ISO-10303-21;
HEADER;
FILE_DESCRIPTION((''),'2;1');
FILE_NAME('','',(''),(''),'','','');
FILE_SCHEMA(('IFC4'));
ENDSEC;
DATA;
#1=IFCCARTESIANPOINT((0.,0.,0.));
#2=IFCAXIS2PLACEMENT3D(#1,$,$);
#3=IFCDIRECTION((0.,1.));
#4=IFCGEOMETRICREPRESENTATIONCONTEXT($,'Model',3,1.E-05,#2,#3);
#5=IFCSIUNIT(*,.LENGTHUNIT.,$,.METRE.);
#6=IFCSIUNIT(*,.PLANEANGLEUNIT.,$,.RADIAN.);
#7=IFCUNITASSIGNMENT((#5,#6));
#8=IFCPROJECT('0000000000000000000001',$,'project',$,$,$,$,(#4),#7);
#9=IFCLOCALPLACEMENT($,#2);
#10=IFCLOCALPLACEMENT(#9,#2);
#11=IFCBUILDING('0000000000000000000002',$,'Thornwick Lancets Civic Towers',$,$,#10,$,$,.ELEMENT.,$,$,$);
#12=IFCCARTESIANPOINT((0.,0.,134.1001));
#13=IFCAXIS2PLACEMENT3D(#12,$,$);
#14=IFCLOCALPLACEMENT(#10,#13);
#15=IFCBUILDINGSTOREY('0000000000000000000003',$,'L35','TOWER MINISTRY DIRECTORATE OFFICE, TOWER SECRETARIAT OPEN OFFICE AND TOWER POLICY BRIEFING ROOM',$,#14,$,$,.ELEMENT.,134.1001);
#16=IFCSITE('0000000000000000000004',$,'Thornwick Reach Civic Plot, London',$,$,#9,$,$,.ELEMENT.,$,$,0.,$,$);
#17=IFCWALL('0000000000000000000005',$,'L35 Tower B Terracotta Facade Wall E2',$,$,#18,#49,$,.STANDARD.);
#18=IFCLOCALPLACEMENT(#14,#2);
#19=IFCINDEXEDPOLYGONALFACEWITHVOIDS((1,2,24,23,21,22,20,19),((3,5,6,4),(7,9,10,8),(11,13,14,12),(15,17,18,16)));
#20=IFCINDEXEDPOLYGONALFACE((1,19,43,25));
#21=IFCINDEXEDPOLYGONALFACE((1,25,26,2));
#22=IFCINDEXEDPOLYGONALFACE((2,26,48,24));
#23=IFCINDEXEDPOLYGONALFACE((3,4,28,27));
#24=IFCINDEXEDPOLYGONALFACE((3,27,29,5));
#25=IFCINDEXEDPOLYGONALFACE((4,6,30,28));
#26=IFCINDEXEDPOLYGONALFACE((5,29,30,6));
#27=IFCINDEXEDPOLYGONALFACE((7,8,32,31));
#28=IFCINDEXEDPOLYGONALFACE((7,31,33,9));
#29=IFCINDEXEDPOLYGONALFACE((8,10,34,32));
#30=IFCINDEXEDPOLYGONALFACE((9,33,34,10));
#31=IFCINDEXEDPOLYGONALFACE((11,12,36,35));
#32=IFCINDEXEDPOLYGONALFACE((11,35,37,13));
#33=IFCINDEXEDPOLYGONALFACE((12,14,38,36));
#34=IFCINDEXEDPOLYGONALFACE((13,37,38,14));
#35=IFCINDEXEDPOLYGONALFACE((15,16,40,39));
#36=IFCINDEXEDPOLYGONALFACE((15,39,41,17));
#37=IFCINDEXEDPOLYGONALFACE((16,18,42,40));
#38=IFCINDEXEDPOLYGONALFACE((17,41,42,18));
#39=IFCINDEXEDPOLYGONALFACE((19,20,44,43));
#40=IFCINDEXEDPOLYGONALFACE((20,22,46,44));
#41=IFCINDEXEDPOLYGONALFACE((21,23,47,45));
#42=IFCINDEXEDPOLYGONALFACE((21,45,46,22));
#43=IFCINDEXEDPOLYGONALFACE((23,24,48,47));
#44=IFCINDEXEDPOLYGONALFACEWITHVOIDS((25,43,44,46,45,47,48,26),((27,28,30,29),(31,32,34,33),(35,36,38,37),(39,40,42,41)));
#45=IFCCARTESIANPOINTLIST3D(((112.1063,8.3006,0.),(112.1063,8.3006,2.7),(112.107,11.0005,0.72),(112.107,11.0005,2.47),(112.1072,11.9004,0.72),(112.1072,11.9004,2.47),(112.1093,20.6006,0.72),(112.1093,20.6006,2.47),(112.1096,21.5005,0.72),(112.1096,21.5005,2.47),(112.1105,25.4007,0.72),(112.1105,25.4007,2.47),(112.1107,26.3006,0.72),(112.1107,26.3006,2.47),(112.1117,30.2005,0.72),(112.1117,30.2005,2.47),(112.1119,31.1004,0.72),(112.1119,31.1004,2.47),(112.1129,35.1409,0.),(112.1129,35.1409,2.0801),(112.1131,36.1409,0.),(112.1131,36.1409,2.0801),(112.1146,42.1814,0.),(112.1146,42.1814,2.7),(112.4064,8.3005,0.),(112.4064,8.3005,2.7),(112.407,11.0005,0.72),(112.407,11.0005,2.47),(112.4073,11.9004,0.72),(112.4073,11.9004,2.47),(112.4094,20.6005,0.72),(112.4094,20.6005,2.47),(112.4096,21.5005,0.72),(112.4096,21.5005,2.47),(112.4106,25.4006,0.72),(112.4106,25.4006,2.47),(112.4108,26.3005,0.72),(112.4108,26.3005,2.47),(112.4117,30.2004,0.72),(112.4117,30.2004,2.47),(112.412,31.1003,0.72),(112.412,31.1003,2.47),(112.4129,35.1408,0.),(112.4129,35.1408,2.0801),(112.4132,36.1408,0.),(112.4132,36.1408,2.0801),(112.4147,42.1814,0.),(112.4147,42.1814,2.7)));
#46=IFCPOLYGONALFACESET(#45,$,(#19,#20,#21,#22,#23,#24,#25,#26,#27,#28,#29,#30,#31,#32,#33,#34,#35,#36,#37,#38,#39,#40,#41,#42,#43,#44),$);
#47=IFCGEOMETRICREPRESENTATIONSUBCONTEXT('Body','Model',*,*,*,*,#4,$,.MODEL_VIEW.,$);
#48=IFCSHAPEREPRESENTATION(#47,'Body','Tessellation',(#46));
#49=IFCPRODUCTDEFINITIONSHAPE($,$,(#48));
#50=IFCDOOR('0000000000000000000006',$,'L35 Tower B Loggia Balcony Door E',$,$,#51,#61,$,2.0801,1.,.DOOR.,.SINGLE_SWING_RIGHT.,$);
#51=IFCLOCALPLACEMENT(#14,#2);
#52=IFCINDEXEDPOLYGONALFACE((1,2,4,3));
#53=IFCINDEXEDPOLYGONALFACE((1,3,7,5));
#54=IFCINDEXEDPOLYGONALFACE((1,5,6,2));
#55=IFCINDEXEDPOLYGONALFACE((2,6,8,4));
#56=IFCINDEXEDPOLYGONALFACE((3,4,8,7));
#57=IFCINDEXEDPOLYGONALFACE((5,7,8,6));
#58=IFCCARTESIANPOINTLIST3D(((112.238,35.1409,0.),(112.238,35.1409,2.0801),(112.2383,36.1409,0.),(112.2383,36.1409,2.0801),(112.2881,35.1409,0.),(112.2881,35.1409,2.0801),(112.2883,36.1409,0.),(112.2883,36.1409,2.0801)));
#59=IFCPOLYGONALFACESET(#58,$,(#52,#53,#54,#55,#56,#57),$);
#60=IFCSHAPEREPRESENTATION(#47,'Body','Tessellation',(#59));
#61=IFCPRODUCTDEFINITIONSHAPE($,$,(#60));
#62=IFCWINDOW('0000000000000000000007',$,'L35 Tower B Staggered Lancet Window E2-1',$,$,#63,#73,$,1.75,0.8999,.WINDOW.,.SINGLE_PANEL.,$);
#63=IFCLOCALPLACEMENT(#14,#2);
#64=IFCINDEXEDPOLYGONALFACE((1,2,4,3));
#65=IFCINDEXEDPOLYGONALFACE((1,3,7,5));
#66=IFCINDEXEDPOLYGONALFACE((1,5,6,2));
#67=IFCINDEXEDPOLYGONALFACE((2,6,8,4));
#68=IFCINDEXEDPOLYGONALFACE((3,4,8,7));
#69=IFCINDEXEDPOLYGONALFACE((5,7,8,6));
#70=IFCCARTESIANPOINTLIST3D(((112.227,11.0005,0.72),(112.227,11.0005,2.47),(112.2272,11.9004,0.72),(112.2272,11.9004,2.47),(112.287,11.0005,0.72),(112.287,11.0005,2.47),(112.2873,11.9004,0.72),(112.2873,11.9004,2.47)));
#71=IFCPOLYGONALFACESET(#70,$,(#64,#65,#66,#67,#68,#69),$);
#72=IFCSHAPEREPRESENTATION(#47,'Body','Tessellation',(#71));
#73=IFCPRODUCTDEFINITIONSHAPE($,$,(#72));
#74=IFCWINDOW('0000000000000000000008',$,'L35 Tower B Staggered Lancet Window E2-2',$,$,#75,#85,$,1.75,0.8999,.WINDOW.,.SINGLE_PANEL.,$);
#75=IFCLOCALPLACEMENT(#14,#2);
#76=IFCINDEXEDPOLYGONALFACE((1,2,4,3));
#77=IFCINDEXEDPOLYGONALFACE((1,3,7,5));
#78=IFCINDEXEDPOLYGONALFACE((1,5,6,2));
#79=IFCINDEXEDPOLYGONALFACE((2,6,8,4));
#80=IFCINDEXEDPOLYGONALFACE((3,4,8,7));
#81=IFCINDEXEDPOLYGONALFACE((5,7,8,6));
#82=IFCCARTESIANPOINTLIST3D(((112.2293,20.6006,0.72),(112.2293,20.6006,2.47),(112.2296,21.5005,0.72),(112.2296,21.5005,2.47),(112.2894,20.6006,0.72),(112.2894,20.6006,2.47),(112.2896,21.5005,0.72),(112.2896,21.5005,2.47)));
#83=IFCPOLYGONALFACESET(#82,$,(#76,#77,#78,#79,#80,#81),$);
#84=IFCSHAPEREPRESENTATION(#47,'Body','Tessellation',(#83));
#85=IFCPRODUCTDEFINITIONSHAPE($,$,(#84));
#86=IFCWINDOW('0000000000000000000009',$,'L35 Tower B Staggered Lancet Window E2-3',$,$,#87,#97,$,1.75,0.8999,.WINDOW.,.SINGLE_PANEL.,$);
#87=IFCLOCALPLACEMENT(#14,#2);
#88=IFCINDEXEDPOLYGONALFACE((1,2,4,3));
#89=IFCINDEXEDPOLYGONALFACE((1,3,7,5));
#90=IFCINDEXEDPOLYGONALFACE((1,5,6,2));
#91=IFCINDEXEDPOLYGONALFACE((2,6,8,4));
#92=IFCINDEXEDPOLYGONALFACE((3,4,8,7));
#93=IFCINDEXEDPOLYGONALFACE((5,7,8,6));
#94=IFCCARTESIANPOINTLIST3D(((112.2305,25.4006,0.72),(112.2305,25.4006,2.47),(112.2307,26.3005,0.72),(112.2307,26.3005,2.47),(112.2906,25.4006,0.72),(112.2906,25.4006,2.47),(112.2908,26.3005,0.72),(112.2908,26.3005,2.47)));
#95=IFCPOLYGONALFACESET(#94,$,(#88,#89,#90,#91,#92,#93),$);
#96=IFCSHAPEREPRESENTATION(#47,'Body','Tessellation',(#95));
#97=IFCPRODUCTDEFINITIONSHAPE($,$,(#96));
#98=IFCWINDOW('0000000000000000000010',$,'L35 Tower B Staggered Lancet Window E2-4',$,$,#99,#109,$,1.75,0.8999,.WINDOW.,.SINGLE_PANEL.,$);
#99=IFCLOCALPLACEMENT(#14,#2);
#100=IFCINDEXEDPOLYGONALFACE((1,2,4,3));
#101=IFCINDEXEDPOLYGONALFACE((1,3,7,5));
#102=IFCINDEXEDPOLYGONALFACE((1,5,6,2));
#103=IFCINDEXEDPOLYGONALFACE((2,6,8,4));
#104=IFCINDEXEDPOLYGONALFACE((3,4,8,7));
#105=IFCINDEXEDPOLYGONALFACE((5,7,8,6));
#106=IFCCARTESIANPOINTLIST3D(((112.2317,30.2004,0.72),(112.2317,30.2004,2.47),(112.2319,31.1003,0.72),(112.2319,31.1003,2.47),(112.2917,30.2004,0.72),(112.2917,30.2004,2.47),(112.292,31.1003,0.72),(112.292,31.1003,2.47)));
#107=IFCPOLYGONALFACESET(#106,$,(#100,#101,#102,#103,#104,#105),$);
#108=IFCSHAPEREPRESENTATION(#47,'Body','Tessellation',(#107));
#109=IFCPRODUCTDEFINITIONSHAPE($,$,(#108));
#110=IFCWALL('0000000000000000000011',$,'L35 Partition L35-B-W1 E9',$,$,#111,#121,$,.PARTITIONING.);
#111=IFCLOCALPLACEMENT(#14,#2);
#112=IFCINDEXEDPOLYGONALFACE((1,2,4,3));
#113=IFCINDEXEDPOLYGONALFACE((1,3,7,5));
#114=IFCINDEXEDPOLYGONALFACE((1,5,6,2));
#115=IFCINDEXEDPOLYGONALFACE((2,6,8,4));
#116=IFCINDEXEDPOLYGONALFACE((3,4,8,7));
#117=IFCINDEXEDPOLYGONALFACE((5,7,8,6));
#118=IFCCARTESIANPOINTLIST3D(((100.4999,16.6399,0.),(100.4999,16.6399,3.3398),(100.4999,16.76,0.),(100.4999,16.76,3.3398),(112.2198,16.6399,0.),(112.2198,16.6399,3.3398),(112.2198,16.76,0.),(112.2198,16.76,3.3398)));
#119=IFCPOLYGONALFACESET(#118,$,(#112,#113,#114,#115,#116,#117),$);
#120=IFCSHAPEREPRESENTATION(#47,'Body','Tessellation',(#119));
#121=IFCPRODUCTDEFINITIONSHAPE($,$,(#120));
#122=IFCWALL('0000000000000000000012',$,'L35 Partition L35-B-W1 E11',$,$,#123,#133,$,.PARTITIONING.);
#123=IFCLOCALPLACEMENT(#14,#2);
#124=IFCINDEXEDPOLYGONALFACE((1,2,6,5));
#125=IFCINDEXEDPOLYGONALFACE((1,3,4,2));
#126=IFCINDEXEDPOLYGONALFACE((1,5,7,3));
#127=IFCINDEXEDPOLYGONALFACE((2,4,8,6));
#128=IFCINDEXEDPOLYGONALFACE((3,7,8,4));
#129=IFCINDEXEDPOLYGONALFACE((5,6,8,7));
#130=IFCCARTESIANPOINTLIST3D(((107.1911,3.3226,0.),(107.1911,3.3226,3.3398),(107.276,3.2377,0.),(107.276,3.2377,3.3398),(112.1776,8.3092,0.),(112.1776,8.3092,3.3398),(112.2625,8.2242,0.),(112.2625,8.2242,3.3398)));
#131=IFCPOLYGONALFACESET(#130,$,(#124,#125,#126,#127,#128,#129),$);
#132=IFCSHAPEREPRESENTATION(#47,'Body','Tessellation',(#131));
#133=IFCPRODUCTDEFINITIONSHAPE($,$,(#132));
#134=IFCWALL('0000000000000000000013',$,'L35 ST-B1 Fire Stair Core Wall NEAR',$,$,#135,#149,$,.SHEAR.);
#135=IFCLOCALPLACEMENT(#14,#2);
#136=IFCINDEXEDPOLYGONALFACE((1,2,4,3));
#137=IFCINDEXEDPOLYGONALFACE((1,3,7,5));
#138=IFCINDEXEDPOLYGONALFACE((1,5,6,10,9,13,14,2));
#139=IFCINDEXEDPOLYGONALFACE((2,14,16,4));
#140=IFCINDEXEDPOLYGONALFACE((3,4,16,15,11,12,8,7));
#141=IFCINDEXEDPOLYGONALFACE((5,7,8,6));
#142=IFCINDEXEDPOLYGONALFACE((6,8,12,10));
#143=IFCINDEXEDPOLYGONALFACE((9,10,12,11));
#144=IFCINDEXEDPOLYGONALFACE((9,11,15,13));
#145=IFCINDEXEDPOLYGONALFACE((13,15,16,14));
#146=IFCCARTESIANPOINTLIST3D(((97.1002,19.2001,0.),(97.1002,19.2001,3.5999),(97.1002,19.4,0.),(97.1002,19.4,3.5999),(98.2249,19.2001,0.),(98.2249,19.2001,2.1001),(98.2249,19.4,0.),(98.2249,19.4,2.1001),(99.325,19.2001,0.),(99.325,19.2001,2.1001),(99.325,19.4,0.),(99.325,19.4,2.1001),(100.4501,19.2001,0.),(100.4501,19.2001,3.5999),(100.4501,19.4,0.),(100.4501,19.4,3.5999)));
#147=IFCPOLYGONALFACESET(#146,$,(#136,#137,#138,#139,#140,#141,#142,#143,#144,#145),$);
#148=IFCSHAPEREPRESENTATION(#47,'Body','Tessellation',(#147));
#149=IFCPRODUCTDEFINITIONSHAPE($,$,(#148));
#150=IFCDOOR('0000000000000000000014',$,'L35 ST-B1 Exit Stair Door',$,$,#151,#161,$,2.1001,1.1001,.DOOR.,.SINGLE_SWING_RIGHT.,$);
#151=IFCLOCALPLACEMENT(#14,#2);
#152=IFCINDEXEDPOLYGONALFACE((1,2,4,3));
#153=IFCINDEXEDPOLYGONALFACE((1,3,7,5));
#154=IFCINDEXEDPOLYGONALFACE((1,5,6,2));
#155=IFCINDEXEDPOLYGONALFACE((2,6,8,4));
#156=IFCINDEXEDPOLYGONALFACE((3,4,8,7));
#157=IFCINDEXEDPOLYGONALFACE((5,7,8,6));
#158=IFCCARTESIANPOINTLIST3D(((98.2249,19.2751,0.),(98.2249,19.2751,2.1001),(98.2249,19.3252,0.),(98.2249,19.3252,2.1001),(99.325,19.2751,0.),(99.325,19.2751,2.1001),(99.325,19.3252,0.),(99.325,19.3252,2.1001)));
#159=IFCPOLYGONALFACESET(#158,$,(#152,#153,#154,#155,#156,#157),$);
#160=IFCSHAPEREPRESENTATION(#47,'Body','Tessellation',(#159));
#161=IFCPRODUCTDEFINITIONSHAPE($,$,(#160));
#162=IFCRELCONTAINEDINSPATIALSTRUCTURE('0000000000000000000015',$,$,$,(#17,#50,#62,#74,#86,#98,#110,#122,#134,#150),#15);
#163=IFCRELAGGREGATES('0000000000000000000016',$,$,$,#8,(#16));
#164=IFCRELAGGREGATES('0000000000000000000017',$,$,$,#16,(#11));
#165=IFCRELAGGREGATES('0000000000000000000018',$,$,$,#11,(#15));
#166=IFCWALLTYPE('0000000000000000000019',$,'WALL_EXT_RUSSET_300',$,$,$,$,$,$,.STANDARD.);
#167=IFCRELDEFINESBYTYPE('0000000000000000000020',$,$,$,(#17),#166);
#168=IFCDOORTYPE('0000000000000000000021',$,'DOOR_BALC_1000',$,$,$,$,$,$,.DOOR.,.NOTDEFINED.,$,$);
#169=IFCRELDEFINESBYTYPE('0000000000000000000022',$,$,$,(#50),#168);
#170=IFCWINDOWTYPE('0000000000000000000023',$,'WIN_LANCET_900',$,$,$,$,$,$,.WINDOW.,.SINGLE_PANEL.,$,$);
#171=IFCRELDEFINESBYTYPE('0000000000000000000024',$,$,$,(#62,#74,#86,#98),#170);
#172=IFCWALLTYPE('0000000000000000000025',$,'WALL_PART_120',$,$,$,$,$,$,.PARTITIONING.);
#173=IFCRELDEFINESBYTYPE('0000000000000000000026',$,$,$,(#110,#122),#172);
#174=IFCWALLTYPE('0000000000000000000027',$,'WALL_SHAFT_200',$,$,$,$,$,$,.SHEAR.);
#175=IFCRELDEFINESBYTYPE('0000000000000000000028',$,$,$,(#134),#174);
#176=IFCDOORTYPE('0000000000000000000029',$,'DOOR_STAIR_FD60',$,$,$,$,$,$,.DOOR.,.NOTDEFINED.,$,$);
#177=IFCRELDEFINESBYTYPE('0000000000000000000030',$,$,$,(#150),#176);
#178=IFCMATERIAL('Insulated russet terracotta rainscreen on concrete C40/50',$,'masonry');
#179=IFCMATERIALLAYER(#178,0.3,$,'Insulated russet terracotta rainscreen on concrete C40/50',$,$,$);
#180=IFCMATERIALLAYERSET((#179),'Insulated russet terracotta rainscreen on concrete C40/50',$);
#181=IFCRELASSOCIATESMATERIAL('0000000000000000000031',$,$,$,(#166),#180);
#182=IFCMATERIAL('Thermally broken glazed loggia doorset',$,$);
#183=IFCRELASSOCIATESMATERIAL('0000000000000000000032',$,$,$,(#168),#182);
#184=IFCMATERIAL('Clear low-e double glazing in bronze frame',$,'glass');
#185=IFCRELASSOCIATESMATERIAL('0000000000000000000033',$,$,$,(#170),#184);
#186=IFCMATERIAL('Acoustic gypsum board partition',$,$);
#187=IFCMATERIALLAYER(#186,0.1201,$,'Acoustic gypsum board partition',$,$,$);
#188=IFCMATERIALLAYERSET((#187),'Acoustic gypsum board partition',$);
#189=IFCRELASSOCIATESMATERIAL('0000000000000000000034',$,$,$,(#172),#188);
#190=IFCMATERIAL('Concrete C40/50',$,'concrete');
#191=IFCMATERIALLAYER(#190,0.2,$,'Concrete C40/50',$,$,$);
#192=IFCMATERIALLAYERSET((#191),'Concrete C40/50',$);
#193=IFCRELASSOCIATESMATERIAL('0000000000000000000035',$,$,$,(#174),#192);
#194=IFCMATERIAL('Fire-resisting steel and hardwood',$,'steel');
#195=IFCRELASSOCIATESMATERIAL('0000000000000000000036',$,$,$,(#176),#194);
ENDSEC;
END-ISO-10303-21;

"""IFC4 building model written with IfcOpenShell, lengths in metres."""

from ifc_helpers import new_model, si_unit, direction, frame, frame_2d, origin, place, context, subcontext, project, spatial, rectangle, extrude, material, layer, layer_set, type_object, element, fill, save


model = new_model("IFC4")

# Units and contexts
model_context = context("Model", 3, precision=1e-05, world=origin(), true_north=direction((0.0, 1.0)))
body_context = subcontext(model_context, "Body", "Model", "MODEL_VIEW")
ifc_project = project(units=[si_unit("LENGTHUNIT", "METRE"), si_unit("PLANEANGLEUNIT", "RADIAN")], contexts=[model_context])

# Site, building, storey
site_placement = place(None, origin())
site = spatial("IfcSite", under=ifc_project, at=site_placement, Name="Thornwick Reach Civic Plot, London", CompositionType="ELEMENT", RefElevation=0.0)
building_placement = place(site_placement, origin())
building = spatial("IfcBuilding", under=site, at=building_placement, Name="Thornwick Lancets Civic Towers", CompositionType="ELEMENT")
storey_placement = place(building_placement, frame((0.0, 0.0, 134.1001)))
storey = spatial("IfcBuildingStorey", under=building, at=storey_placement, Name="L35", Description="TOWER MINISTRY DIRECTORATE OFFICE, TOWER SECRETARIAT OPEN OFFICE AND TOWER POLICY BRIEFING ROOM", CompositionType="ELEMENT", Elevation=134.1001)

# Shared definitions
ifc_material_1 = material(Name="Concrete C40/50", Category="concrete")

# Wall, openings, door, windows
ifc_material_2 = material(Name="Insulated russet terracotta rainscreen on concrete C40/50", Category="masonry")
ifc_layer_1 = layer(ifc_material_2, 0.3, Name="Insulated russet terracotta rainscreen on concrete C40/50")
ifc_layer_set_1 = layer_set([ifc_layer_1], Name="Insulated russet terracotta rainscreen on concrete C40/50")
wall_type_1 = type_object("IfcWallType", Name="WALL_EXT_RUSSET_300", PredefinedType="STANDARD", material=ifc_layer_set_1)
wall_1_placement = place(storey_placement, frame((112.2563, 8.3005, 0.0), z_axis=(0.0, 0.0, 1.0), x_axis=(0.000245, 1.0, 0.0)))
wall_1 = element("IfcWall", 1, at=wall_1_placement, inside=storey, type_object=wall_type_1, Name="L35 Tower B Terracotta Facade Wall E2", PredefinedType="STANDARD", context=body_context, shape_type="SweptSolid", body=[
    extrude(rectangle(XDim=33.8809, YDim=0.3, at=frame_2d((16.9404, 0.0))), origin(), (0.0, 0.0, 1.0), 2.7),
])
opening_1_placement = place(wall_1_placement, frame((26.8403, 0.0, 0.0)))
opening_1 = element("IfcOpeningElement", 2, at=opening_1_placement, cuts=wall_1, PredefinedType="OPENING", context=body_context, shape_type="SweptSolid", body=[
    extrude(rectangle(XDim=1.0, YDim=2.0801, at=frame_2d((0.5, 1.04))), frame((0.0, 0.1602, 0.0), z_axis=(0.0, -1.0, 0.0), x_axis=(1.0, 0.0, 0.0)), (0.0, 0.0, 1.0), 0.3201),
])
opening_2_placement = place(wall_1_placement, frame((2.7, 0.0, 0.72)))
opening_2 = element("IfcOpeningElement", 3, at=opening_2_placement, cuts=wall_1, PredefinedType="OPENING", context=body_context, shape_type="SweptSolid", body=[
    extrude(rectangle(XDim=0.8999, YDim=1.75, at=frame_2d((0.45, 0.875))), frame((0.0, 0.1602, 0.0), z_axis=(0.0, -1.0, 0.0), x_axis=(1.0, 0.0, 0.0)), (0.0, 0.0, 1.0), 0.3201),
])
opening_3_placement = place(wall_1_placement, frame((12.3, 0.0, 0.72)))
opening_3 = element("IfcOpeningElement", 4, at=opening_3_placement, cuts=wall_1, PredefinedType="OPENING", context=body_context, shape_type="SweptSolid", body=[
    extrude(rectangle(XDim=0.8999, YDim=1.75, at=frame_2d((0.45, 0.875))), frame((0.0, 0.1602, 0.0), z_axis=(0.0, -1.0, 0.0), x_axis=(1.0, 0.0, 0.0)), (0.0, 0.0, 1.0), 0.3201),
])
opening_4_placement = place(wall_1_placement, frame((17.1001, 0.0, 0.72)))
opening_4 = element("IfcOpeningElement", 5, at=opening_4_placement, cuts=wall_1, PredefinedType="OPENING", context=body_context, shape_type="SweptSolid", body=[
    extrude(rectangle(XDim=0.8999, YDim=1.75, at=frame_2d((0.45, 0.875))), frame((0.0, 0.1602, 0.0), z_axis=(0.0, -1.0, 0.0), x_axis=(1.0, 0.0, 0.0)), (0.0, 0.0, 1.0), 0.3201),
])
opening_5_placement = place(wall_1_placement, frame((21.8999, 0.0, 0.72)))
opening_5 = element("IfcOpeningElement", 6, at=opening_5_placement, cuts=wall_1, PredefinedType="OPENING", context=body_context, shape_type="SweptSolid", body=[
    extrude(rectangle(XDim=0.8999, YDim=1.75, at=frame_2d((0.45, 0.875))), frame((0.0, 0.1602, 0.0), z_axis=(0.0, -1.0, 0.0), x_axis=(1.0, 0.0, 0.0)), (0.0, 0.0, 1.0), 0.3201),
])
ifc_material_3 = material(Name="Thermally broken glazed loggia doorset")
door_type_1 = type_object("IfcDoorType", Name="DOOR_BALC_1000", OperationType="NOTDEFINED", PredefinedType="DOOR", material=ifc_material_3)
door_1_placement = place(opening_1_placement, origin())
door_1 = element("IfcDoor", 7, at=door_1_placement, inside=storey, type_object=door_type_1, Name="L35 Tower B Loggia Balcony Door E", OperationType="SINGLE_SWING_RIGHT", OverallHeight=2.0801, OverallWidth=1.0, PredefinedType="DOOR", context=body_context, shape_type="SweptSolid", body=[
    extrude(rectangle(XDim=1.0, YDim=2.0801, at=frame_2d((0.5, 1.04))), frame((0.0, 0.0249, 0.0), z_axis=(0.0, -1.0, 0.0), x_axis=(1.0, 0.0, 0.0)), (0.0, 0.0, 1.0), 0.05),
])
fill(opening_1, door_1)
ifc_material_4 = material(Name="Clear low-e double glazing in bronze frame", Category="glass")
window_type = type_object("IfcWindowType", Name="WIN_LANCET_900", PartitioningType="SINGLE_PANEL", PredefinedType="WINDOW", material=ifc_material_4)
window_1_placement = place(opening_2_placement, origin())
window_1 = element("IfcWindow", 8, at=window_1_placement, inside=storey, type_object=window_type, Name="L35 Tower B Staggered Lancet Window E2-1", OverallHeight=1.75, OverallWidth=0.8999, PartitioningType="SINGLE_PANEL", PredefinedType="WINDOW", context=body_context, shape_type="SweptSolid", body=[
    extrude(rectangle(XDim=0.8999, YDim=1.75, at=frame_2d((0.45, 0.875))), frame((0.0, 0.03, 0.0), z_axis=(0.0, -1.0, 0.0), x_axis=(1.0, 0.0, 0.0)), (0.0, 0.0, 1.0), 0.0601),
])
fill(opening_2, window_1)
window_2_placement = place(opening_3_placement, origin())
window_2 = element("IfcWindow", 9, at=window_2_placement, inside=storey, type_object=window_type, Name="L35 Tower B Staggered Lancet Window E2-2", OverallHeight=1.75, OverallWidth=0.8999, PartitioningType="SINGLE_PANEL", PredefinedType="WINDOW", context=body_context, shape_type="SweptSolid", body=[
    extrude(rectangle(XDim=0.8999, YDim=1.75, at=frame_2d((0.45, 0.875))), frame((0.0, 0.03, 0.0), z_axis=(0.0, -1.0, 0.0), x_axis=(1.0, 0.0, 0.0)), (0.0, 0.0, 1.0), 0.0601),
])
fill(opening_3, window_2)
window_3_placement = place(opening_4_placement, origin())
window_3 = element("IfcWindow", 10, at=window_3_placement, inside=storey, type_object=window_type, Name="L35 Tower B Staggered Lancet Window E2-3", OverallHeight=1.75, OverallWidth=0.8999, PartitioningType="SINGLE_PANEL", PredefinedType="WINDOW", context=body_context, shape_type="SweptSolid", body=[
    extrude(rectangle(XDim=0.8999, YDim=1.75, at=frame_2d((0.45, 0.875))), frame((0.0, 0.03, 0.0), z_axis=(0.0, -1.0, 0.0), x_axis=(1.0, 0.0, 0.0)), (0.0, 0.0, 1.0), 0.0601),
])
fill(opening_4, window_3)
window_4_placement = place(opening_5_placement, origin())
window_4 = element("IfcWindow", 11, at=window_4_placement, inside=storey, type_object=window_type, Name="L35 Tower B Staggered Lancet Window E2-4", OverallHeight=1.75, OverallWidth=0.8999, PartitioningType="SINGLE_PANEL", PredefinedType="WINDOW", context=body_context, shape_type="SweptSolid", body=[
    extrude(rectangle(XDim=0.8999, YDim=1.75, at=frame_2d((0.45, 0.875))), frame((0.0, 0.03, 0.0), z_axis=(0.0, -1.0, 0.0), x_axis=(1.0, 0.0, 0.0)), (0.0, 0.0, 1.0), 0.0601),
])
fill(opening_5, window_4)

# Walls
ifc_material_5 = material(Name="Acoustic gypsum board partition")
ifc_layer_2 = layer(ifc_material_5, 0.1201, Name="Acoustic gypsum board partition")
ifc_layer_set_2 = layer_set([ifc_layer_2], Name="Acoustic gypsum board partition")
wall_type_2 = type_object("IfcWallType", Name="WALL_PART_120", PredefinedType="PARTITIONING", material=ifc_layer_set_2)
wall_2_placement = place(storey_placement, frame((100.5, 16.7, 0.0), z_axis=(0.0, 0.0, 1.0), x_axis=(1.0, 0.0, 0.0)))
element("IfcWall", 12, at=wall_2_placement, inside=storey, type_object=wall_type_2, Name="L35 Partition L35-B-W1 E9", PredefinedType="PARTITIONING", context=body_context, shape_type="SweptSolid", body=[
    extrude(rectangle(XDim=11.72, YDim=0.1201, at=frame_2d((5.8599, 0.0))), origin(), (0.0, 0.0, 1.0), 3.3398),
])
wall_3_placement = place(storey_placement, frame((112.22, 8.2666, 0.0), z_axis=(0.0, 0.0, 1.0), x_axis=(-0.707107, -0.707107, 0.0)))
element("IfcWall", 13, at=wall_3_placement, inside=storey, type_object=wall_type_2, Name="L35 Partition L35-B-W1 E11", PredefinedType="PARTITIONING", context=body_context, shape_type="SweptSolid", body=[
    extrude(rectangle(XDim=7.052, YDim=0.1201, at=frame_2d((3.5259, 0.0))), origin(), (0.0, 0.0, 1.0), 3.3398),
])

# Wall, opening, door
ifc_layer_3 = layer(ifc_material_1, 0.2, Name="Concrete C40/50")
ifc_layer_set_3 = layer_set([ifc_layer_3], Name="Concrete C40/50")
wall_type_3 = type_object("IfcWallType", Name="WALL_SHAFT_200", PredefinedType="SHEAR", material=ifc_layer_set_3)
wall_4_placement = place(storey_placement, frame((100.45, 19.3, 0.0), z_axis=(0.0, 0.0, 1.0), x_axis=(-1.0, 0.0, 0.0)))
wall_4 = element("IfcWall", 14, at=wall_4_placement, inside=storey, type_object=wall_type_3, Name="L35 ST-B1 Fire Stair Core Wall NEAR", PredefinedType="SHEAR", context=body_context, shape_type="SweptSolid", body=[
    extrude(rectangle(XDim=3.3499, YDim=0.2, at=frame_2d((1.6748, 0.0))), origin(), (0.0, 0.0, 1.0), 3.5999),
])
opening_6_placement = place(wall_4_placement, frame((1.125, 0.0, 0.0)))
opening_6 = element("IfcOpeningElement", 15, at=opening_6_placement, cuts=wall_4, PredefinedType="OPENING", context=body_context, shape_type="SweptSolid", body=[
    extrude(rectangle(XDim=1.1001, YDim=2.1001, at=frame_2d((0.55, 1.05))), frame((0.0, 0.1099, 0.0), z_axis=(0.0, -1.0, 0.0), x_axis=(1.0, 0.0, 0.0)), (0.0, 0.0, 1.0), 0.22),
])
ifc_material_6 = material(Name="Fire-resisting steel and hardwood", Category="steel")
door_type_2 = type_object("IfcDoorType", Name="DOOR_STAIR_FD60", OperationType="NOTDEFINED", PredefinedType="DOOR", material=ifc_material_6)
door_2_placement = place(opening_6_placement, origin())
door_2 = element("IfcDoor", 16, at=door_2_placement, inside=storey, type_object=door_type_2, Name="L35 ST-B1 Exit Stair Door", OperationType="SINGLE_SWING_RIGHT", OverallHeight=2.1001, OverallWidth=1.1001, PredefinedType="DOOR", context=body_context, shape_type="SweptSolid", body=[
    extrude(rectangle(XDim=1.1001, YDim=2.1001, at=frame_2d((0.55, 1.05))), frame((0.0, 0.0249, 0.0), z_axis=(0.0, -1.0, 0.0), x_axis=(1.0, 0.0, 0.0)), (0.0, 0.0, 1.0), 0.05),
])
fill(opening_6, door_2)

save(model, "model.ifc")
